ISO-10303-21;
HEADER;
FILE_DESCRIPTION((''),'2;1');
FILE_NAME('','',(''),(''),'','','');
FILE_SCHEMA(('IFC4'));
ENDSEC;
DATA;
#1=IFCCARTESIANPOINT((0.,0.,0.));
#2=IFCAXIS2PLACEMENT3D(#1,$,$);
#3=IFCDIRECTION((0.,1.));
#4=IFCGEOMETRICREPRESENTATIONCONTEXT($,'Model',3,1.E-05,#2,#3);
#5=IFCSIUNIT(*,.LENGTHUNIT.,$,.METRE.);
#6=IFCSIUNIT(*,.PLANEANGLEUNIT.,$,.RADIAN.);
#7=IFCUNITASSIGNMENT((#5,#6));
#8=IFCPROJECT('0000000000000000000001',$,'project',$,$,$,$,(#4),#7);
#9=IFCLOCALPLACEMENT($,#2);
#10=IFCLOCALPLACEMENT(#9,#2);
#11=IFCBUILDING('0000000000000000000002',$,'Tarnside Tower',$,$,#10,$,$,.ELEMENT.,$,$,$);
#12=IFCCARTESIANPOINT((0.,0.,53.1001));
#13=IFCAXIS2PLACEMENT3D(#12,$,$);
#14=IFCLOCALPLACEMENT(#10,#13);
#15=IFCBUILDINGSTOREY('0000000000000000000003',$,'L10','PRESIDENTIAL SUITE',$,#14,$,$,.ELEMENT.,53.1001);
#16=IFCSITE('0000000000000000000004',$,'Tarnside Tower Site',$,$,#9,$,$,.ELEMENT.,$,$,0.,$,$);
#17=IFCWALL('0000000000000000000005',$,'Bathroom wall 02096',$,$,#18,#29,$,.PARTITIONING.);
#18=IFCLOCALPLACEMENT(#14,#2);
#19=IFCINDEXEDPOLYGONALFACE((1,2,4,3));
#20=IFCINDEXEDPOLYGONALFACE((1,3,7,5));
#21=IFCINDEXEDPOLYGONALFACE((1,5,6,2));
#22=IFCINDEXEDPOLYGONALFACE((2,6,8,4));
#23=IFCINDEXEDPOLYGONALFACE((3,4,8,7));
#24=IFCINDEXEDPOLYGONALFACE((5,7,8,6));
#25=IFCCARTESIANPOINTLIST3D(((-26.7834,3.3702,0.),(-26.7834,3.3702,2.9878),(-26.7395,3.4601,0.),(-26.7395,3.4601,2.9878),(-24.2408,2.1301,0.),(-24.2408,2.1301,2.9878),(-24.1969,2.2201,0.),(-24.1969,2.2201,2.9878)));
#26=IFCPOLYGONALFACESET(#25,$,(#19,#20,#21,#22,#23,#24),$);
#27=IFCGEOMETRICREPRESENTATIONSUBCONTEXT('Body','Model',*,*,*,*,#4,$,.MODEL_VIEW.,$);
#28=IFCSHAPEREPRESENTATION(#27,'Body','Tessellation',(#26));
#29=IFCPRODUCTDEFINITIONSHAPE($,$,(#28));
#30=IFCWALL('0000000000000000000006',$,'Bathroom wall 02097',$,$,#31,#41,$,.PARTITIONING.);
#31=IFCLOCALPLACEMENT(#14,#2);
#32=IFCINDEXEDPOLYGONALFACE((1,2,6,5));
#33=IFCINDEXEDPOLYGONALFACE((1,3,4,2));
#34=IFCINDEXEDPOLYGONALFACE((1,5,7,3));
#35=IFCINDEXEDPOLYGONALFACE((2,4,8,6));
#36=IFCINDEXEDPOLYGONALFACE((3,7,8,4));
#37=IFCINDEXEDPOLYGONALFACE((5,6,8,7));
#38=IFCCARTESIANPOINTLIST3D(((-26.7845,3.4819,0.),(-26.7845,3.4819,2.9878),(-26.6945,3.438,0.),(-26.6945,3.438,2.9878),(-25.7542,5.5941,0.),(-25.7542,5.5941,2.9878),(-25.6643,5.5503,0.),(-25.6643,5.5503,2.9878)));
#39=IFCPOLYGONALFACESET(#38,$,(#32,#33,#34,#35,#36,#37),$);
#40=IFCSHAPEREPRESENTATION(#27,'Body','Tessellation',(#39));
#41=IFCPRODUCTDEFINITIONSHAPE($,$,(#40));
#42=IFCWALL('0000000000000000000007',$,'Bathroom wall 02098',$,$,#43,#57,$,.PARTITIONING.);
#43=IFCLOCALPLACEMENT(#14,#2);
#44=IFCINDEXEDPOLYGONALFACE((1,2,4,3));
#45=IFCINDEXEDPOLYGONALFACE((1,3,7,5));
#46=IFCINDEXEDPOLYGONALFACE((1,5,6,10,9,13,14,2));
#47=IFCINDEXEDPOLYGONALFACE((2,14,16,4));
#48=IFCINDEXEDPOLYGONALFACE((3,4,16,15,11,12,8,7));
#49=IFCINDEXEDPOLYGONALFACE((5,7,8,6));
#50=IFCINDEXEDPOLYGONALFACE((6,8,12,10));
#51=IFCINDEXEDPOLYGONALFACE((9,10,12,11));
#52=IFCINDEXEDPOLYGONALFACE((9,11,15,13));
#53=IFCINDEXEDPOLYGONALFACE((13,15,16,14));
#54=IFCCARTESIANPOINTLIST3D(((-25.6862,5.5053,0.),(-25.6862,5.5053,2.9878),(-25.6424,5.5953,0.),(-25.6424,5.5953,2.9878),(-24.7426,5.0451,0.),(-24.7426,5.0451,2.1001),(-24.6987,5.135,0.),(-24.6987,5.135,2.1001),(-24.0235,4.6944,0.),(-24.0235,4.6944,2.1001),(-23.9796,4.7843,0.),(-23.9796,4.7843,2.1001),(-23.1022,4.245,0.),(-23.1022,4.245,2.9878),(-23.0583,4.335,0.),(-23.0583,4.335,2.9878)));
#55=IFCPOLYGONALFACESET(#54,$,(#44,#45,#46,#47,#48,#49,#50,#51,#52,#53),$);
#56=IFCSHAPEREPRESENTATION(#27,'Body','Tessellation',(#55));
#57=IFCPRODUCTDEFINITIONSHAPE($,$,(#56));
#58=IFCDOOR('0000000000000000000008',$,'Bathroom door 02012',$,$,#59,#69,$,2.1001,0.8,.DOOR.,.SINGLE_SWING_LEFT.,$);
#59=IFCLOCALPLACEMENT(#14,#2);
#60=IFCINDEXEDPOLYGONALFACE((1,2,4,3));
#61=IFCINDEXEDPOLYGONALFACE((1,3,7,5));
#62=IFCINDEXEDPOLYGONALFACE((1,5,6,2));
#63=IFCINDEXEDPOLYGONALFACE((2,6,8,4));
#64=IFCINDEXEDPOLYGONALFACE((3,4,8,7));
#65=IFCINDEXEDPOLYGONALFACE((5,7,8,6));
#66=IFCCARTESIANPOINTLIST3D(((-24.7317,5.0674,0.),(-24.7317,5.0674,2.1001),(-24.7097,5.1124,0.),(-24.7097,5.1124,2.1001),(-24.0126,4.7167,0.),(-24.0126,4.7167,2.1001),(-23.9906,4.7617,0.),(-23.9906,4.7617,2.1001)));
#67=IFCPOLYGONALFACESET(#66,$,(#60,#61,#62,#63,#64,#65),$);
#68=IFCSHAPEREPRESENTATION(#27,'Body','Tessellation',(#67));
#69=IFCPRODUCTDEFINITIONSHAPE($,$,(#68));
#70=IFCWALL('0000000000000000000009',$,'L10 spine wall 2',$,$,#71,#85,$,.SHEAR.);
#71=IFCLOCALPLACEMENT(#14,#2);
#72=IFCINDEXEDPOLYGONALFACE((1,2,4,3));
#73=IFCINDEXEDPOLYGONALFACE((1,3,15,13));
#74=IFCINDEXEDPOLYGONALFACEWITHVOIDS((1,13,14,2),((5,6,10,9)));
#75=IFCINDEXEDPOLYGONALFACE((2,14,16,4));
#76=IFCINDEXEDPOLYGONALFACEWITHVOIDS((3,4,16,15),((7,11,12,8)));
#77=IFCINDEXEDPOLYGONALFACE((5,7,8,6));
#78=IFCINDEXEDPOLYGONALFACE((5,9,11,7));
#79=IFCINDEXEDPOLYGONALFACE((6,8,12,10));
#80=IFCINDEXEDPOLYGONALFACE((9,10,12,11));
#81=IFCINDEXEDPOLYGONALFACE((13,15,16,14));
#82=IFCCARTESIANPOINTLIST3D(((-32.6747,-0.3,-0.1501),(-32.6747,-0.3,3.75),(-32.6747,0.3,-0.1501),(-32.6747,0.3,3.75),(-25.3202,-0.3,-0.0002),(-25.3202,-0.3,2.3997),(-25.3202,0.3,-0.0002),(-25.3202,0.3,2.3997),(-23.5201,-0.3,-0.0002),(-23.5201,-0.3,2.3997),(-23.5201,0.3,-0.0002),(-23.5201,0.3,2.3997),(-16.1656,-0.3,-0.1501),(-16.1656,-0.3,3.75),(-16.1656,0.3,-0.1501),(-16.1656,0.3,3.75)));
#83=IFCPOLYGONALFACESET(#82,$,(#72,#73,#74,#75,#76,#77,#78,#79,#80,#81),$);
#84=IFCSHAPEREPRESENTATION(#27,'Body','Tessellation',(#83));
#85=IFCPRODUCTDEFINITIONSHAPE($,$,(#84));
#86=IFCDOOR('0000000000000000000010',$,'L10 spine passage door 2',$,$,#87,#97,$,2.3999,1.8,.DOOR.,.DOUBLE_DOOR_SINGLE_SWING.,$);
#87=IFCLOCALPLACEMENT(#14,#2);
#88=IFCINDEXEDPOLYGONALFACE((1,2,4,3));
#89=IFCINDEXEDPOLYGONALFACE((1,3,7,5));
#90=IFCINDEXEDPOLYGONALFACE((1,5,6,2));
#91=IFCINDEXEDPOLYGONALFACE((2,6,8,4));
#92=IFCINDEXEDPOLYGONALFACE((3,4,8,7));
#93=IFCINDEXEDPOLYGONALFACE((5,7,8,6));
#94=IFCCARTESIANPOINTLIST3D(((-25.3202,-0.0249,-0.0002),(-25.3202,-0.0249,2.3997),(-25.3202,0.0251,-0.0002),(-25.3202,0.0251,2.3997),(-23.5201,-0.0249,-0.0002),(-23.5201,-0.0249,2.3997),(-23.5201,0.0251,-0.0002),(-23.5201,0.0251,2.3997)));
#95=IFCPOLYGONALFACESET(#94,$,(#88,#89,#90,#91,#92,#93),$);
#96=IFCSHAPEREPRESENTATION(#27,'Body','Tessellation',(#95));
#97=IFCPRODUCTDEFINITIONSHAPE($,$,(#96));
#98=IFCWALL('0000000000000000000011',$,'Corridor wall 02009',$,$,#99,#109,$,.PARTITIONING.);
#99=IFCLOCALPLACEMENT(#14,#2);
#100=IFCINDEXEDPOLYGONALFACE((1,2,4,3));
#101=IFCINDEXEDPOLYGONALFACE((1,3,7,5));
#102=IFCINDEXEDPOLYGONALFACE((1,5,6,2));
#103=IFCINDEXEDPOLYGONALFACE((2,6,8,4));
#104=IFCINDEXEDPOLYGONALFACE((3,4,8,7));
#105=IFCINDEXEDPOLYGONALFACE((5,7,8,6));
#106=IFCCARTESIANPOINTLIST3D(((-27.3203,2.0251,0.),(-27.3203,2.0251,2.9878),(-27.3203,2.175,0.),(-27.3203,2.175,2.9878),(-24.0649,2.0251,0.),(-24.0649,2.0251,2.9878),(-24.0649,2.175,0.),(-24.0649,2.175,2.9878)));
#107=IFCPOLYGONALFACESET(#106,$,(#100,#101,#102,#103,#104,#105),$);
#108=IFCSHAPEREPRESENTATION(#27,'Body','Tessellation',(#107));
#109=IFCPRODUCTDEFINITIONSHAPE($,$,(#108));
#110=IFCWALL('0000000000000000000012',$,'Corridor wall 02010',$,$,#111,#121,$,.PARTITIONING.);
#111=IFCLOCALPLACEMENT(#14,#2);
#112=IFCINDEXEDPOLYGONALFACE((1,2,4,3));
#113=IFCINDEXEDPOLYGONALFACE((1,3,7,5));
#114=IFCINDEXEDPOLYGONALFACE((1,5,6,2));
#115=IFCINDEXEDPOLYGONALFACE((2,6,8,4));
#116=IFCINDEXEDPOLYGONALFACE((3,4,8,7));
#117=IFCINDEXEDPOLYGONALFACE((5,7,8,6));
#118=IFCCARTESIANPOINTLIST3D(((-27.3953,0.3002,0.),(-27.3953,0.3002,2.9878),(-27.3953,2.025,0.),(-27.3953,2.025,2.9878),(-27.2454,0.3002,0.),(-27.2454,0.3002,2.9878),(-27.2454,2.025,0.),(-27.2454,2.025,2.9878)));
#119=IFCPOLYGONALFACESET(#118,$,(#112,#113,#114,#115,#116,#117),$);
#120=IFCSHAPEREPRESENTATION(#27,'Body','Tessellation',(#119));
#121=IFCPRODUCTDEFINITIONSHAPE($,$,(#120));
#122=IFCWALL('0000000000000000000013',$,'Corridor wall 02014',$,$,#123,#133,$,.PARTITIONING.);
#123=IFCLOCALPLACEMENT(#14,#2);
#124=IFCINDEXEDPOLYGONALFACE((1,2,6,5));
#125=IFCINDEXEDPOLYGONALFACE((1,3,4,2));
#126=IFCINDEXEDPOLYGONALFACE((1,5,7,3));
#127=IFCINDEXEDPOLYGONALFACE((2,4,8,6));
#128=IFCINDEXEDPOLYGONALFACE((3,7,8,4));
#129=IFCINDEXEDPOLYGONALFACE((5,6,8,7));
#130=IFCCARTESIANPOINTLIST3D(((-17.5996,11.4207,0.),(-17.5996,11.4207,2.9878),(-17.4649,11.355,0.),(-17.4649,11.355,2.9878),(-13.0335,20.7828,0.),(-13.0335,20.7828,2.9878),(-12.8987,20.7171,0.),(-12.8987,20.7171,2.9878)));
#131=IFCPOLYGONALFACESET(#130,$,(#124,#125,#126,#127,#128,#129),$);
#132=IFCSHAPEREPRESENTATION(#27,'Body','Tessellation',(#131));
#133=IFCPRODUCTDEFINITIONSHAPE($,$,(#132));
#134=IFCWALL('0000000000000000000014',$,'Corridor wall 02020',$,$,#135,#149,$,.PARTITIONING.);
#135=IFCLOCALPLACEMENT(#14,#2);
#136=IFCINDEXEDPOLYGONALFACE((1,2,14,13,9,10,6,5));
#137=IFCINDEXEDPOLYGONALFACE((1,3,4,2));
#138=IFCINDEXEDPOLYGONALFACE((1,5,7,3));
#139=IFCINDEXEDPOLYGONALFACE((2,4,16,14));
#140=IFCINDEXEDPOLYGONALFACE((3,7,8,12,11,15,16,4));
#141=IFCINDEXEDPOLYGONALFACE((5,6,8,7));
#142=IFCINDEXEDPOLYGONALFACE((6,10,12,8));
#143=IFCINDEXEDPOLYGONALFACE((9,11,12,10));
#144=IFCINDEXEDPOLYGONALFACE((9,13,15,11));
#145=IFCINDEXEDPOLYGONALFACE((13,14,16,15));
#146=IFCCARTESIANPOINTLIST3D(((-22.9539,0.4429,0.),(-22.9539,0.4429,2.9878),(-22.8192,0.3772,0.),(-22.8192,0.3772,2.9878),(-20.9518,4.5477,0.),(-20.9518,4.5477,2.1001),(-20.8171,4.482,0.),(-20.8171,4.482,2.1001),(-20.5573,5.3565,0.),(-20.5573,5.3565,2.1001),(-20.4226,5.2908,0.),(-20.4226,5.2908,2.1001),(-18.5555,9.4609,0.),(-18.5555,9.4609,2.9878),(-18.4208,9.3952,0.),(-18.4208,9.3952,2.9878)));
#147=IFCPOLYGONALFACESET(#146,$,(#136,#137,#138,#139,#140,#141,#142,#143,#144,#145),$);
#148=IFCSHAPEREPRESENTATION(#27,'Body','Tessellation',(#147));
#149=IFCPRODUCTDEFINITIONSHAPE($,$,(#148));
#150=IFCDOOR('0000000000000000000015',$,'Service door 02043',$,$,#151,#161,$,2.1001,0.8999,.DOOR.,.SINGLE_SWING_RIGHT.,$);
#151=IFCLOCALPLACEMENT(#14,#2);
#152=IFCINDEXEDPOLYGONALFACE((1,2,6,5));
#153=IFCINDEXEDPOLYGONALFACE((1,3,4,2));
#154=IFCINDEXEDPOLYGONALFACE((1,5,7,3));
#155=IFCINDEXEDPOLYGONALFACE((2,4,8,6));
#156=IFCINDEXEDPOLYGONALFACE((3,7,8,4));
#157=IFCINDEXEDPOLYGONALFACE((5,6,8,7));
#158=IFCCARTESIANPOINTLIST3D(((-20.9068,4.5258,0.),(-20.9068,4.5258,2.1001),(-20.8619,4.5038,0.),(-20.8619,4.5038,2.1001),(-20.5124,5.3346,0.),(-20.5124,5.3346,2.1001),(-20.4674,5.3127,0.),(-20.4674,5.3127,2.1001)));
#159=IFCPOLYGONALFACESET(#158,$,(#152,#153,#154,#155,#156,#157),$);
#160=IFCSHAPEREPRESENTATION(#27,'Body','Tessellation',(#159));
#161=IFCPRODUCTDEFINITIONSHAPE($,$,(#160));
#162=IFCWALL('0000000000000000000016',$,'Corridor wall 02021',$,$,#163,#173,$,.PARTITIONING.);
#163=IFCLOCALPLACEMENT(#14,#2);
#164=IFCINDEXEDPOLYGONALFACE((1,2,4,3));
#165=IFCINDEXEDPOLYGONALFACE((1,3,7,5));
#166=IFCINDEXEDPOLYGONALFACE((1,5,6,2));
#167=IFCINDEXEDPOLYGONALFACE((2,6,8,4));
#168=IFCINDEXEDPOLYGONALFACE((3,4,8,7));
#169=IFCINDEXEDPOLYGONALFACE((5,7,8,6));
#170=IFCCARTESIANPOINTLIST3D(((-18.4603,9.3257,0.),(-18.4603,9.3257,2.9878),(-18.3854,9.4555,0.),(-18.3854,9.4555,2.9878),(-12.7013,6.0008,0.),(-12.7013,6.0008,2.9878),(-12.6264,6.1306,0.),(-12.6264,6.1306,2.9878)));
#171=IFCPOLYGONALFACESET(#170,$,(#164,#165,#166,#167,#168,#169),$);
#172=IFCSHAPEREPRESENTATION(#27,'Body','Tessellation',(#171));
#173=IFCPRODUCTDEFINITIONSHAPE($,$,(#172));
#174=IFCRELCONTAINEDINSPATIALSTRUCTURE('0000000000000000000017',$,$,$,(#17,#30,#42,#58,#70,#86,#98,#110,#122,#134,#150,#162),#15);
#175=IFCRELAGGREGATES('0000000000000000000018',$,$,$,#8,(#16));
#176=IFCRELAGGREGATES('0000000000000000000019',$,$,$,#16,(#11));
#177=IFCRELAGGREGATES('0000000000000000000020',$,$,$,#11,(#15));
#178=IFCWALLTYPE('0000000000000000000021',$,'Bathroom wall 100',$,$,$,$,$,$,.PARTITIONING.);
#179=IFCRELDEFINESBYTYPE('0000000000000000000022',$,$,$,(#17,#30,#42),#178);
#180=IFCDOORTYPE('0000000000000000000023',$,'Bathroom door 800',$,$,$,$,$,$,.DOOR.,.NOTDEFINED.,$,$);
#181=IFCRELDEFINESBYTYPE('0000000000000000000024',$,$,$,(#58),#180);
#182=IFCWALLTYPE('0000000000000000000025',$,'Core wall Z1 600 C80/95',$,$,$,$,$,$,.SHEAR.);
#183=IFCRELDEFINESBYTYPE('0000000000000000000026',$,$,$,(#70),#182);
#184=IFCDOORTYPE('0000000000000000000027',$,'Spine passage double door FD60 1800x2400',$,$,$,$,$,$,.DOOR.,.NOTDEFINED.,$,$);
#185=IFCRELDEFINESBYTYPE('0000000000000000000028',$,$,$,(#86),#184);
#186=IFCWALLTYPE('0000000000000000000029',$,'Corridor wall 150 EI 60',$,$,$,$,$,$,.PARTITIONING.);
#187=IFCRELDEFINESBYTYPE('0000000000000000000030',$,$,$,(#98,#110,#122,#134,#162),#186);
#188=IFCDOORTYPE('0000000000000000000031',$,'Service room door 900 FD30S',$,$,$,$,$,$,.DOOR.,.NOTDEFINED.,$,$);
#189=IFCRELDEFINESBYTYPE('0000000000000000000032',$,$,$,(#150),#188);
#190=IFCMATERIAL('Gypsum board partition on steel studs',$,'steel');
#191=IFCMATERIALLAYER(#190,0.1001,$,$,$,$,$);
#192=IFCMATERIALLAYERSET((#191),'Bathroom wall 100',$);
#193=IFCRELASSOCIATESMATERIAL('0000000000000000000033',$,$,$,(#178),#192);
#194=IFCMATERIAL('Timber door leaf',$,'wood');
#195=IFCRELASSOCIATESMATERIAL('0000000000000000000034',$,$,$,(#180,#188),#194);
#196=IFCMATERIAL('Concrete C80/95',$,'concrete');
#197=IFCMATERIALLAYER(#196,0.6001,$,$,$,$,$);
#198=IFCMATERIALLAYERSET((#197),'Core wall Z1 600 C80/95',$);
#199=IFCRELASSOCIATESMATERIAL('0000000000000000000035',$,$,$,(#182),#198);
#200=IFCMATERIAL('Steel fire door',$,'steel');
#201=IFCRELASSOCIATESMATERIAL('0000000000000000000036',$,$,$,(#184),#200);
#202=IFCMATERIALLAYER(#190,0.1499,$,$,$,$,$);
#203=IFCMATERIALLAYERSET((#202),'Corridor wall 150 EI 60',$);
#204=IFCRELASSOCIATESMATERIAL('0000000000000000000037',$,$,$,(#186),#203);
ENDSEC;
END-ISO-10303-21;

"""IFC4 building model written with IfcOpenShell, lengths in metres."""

from ifc_helpers import new_model, si_unit, direction, frame, frame_2d, origin, place, context, subcontext, project, spatial, rectangle, extrude, material, layer, layer_set, type_object, element, fill, save


model = new_model("IFC4")

# Units and contexts
model_context = context("Model", 3, precision=1e-05, world=origin(), true_north=direction((0.0, 1.0)))
body_context = subcontext(model_context, "Body", "Model", "MODEL_VIEW")
ifc_project = project(units=[si_unit("LENGTHUNIT", "METRE"), si_unit("PLANEANGLEUNIT", "RADIAN")], contexts=[model_context])

# Site, building, storey
site_placement = place(None, origin())
site = spatial("IfcSite", under=ifc_project, at=site_placement, Name="Tarnside Tower Site", CompositionType="ELEMENT", RefElevation=0.0)
building_placement = place(site_placement, origin())
building = spatial("IfcBuilding", under=site, at=building_placement, Name="Tarnside Tower", CompositionType="ELEMENT")
storey_placement = place(building_placement, frame((0.0, 0.0, 53.1001)))
storey = spatial("IfcBuildingStorey", under=building, at=storey_placement, Name="L10", Description="PRESIDENTIAL SUITE", CompositionType="ELEMENT", Elevation=53.1001)

# Walls
ifc_material_1 = material(Name="Gypsum board partition on steel studs", Category="steel")
ifc_layer_1 = layer(ifc_material_1, 0.1001)
ifc_layer_set_1 = layer_set([ifc_layer_1], Name="Bathroom wall 100")
wall_type_1 = type_object("IfcWallType", Name="Bathroom wall 100", PredefinedType="PARTITIONING", material=ifc_layer_set_1)
wall_1_placement = place(storey_placement, frame((-24.2188, 2.175, 0.0), z_axis=(0.0, 0.0, 1.0), x_axis=(-0.898802, 0.438354, 0.0)))
element("IfcWall", 1, at=wall_1_placement, inside=storey, type_object=wall_type_1, Name="Bathroom wall 02096", PredefinedType="PARTITIONING", context=body_context, shape_type="SweptSolid", body=[
    extrude(rectangle(XDim=2.8289, YDim=0.1001, at=frame_2d((1.4146, 0.0))), origin(), (0.0, 0.0, 1.0), 2.9878),
])
wall_2_placement = place(storey_placement, frame((-26.7395, 3.46, 0.0), z_axis=(0.0, 0.0, 1.0), x_axis=(0.438383, 0.898788, 0.0)))
element("IfcWall", 2, at=wall_2_placement, inside=storey, type_object=wall_type_1, Name="Bathroom wall 02097", PredefinedType="PARTITIONING", context=body_context, shape_type="SweptSolid", body=[
    extrude(rectangle(XDim=2.3501, YDim=0.1001, at=frame_2d((1.175, 0.0))), origin(), (0.0, 0.0, 1.0), 2.9878),
])

# Walls, openings, doors
wall_3_placement = place(storey_placement, frame((-25.6643, 5.5503, 0.0), z_axis=(0.0, 0.0, 1.0), x_axis=(0.898799, -0.43836, 0.0)))
wall_3 = element("IfcWall", 3, at=wall_3_placement, inside=storey, type_object=wall_type_1, Name="Bathroom wall 02098", PredefinedType="PARTITIONING", context=body_context, shape_type="SweptSolid", body=[
    extrude(rectangle(XDim=2.875, YDim=0.1001, at=frame_2d((1.4375, 0.0))), origin(), (0.0, 0.0, 1.0), 2.9878),
])
opening_1_placement = place(wall_3_placement, frame((1.05, 0.0, 0.0)))
opening_1 = element("IfcOpeningElement", 4, at=opening_1_placement, cuts=wall_3, PredefinedType="OPENING", context=body_context, shape_type="SweptSolid", body=[
    extrude(rectangle(XDim=0.8, YDim=2.1001, at=frame_2d((0.3999, 1.05))), frame((0.0, 0.0601, 0.0), z_axis=(0.0, -1.0, 0.0), x_axis=(1.0, 0.0, 0.0)), (0.0, 0.0, 1.0), 0.1201),
])
ifc_material_2 = material(Name="Timber door leaf", Category="wood")
door_type_1 = type_object("IfcDoorType", Name="Bathroom door 800", OperationType="NOTDEFINED", PredefinedType="DOOR", material=ifc_material_2)
door_1_placement = place(opening_1_placement, origin())
door_1 = element("IfcDoor", 5, at=door_1_placement, inside=storey, type_object=door_type_1, Name="Bathroom door 02012", OperationType="SINGLE_SWING_LEFT", OverallHeight=2.1001, OverallWidth=0.8, PredefinedType="DOOR", context=body_context, shape_type="SweptSolid", body=[
    extrude(rectangle(XDim=0.8, YDim=2.1001, at=frame_2d((0.3999, 1.05))), frame((0.0, 0.0249, 0.0), z_axis=(0.0, -1.0, 0.0), x_axis=(1.0, 0.0, 0.0)), (0.0, 0.0, 1.0), 0.05),
])
fill(opening_1, door_1)
ifc_material_3 = material(Name="Concrete C80/95", Category="concrete")
ifc_layer_2 = layer(ifc_material_3, 0.6001)
ifc_layer_set_2 = layer_set([ifc_layer_2], Name="Core wall Z1 600 C80/95")
wall_type_2 = type_object("IfcWallType", Name="Core wall Z1 600 C80/95", PredefinedType="SHEAR", material=ifc_layer_set_2)
wall_4_placement = place(storey_placement, frame((-16.1658, 0.0, -0.1501), z_axis=(0.0, 0.0, 1.0), x_axis=(-1.0, 0.0, 0.0)))
wall_4 = element("IfcWall", 6, at=wall_4_placement, inside=storey, type_object=wall_type_2, Name="L10 spine wall 2", PredefinedType="SHEAR", context=body_context, shape_type="SweptSolid", body=[
    extrude(rectangle(XDim=16.509, YDim=0.6001, at=frame_2d((8.2544, 0.0))), origin(), (0.0, 0.0, 1.0), 3.9001),
])
opening_2_placement = place(wall_4_placement, frame((7.3545, 0.0, 0.1499)))
opening_2 = element("IfcOpeningElement", 7, at=opening_2_placement, cuts=wall_4, PredefinedType="OPENING", context=body_context, shape_type="SweptSolid", body=[
    extrude(rectangle(XDim=1.8, YDim=2.3999, at=frame_2d((0.8999, 1.2))), frame((0.0, 0.3101, 0.0), z_axis=(0.0, -1.0, 0.0), x_axis=(1.0, 0.0, 0.0)), (0.0, 0.0, 1.0), 0.6201),
])
ifc_material_4 = material(Name="Steel fire door", Category="steel")
door_type_2 = type_object("IfcDoorType", Name="Spine passage double door FD60 1800x2400", OperationType="NOTDEFINED", PredefinedType="DOOR", material=ifc_material_4)
door_2_placement = place(opening_2_placement, origin())
door_2 = element("IfcDoor", 8, at=door_2_placement, inside=storey, type_object=door_type_2, Name="L10 spine passage door 2", OperationType="DOUBLE_DOOR_SINGLE_SWING", OverallHeight=2.3999, OverallWidth=1.8, PredefinedType="DOOR", context=body_context, shape_type="SweptSolid", body=[
    extrude(rectangle(XDim=1.8, YDim=2.3999, at=frame_2d((0.8999, 1.2))), frame((0.0, 0.0249, 0.0), z_axis=(0.0, -1.0, 0.0), x_axis=(1.0, 0.0, 0.0)), (0.0, 0.0, 1.0), 0.05),
])
fill(opening_2, door_2)

# Walls
ifc_layer_3 = layer(ifc_material_1, 0.1499)
ifc_layer_set_3 = layer_set([ifc_layer_3], Name="Corridor wall 150 EI 60")
wall_type_3 = type_object("IfcWallType", Name="Corridor wall 150 EI 60", PredefinedType="PARTITIONING", material=ifc_layer_set_3)
wall_5_placement = place(storey_placement, frame((-24.0649, 2.1001, 0.0), z_axis=(0.0, 0.0, 1.0), x_axis=(-1.0, 0.0, 0.0)))
element("IfcWall", 9, at=wall_5_placement, inside=storey, type_object=wall_type_3, Name="Corridor wall 02009", PredefinedType="PARTITIONING", context=body_context, shape_type="SweptSolid", body=[
    extrude(rectangle(XDim=3.2554, YDim=0.1499, at=frame_2d((1.6277, 0.0))), origin(), (0.0, 0.0, 1.0), 2.9878),
])
wall_6_placement = place(storey_placement, frame((-27.3203, 2.0249, 0.0), z_axis=(0.0, 0.0, 1.0), x_axis=(0.0, -1.0, 0.0)))
element("IfcWall", 10, at=wall_6_placement, inside=storey, type_object=wall_type_3, Name="Corridor wall 02010", PredefinedType="PARTITIONING", context=body_context, shape_type="SweptSolid", body=[
    extrude(rectangle(XDim=1.7249, YDim=0.1499, at=frame_2d((0.8623, 0.0))), origin(), (0.0, 0.0, 1.0), 2.9878),
])
wall_7_placement = place(storey_placement, frame((-17.5322, 11.3879, 0.0), z_axis=(0.0, 0.0, 1.0), x_axis=(0.43837, 0.898795, 0.0)))
element("IfcWall", 11, at=wall_7_placement, inside=storey, type_object=wall_type_3, Name="Corridor wall 02014", PredefinedType="PARTITIONING", context=body_context, shape_type="SweptSolid", body=[
    extrude(rectangle(XDim=10.4163, YDim=0.1499, at=frame_2d((5.208, 0.0))), origin(), (0.0, 0.0, 1.0), 2.9878),
])

# Wall, opening, door
wall_8_placement = place(storey_placement, frame((-22.8865, 0.4102, 0.0), z_axis=(0.0, 0.0, 1.0), x_axis=(0.438374, 0.898793, 0.0)))
wall_8 = element("IfcWall", 12, at=wall_8_placement, inside=storey, type_object=wall_type_3, Name="Corridor wall 02020", PredefinedType="PARTITIONING", context=body_context, shape_type="SweptSolid", body=[
    extrude(rectangle(XDim=10.0334, YDim=0.1499, at=frame_2d((5.0166, 0.0))), origin(), (0.0, 0.0, 1.0), 2.9878),
])
opening_3_placement = place(wall_8_placement, frame((4.5669, 0.0, 0.0)))
opening_3 = element("IfcOpeningElement", 13, at=opening_3_placement, cuts=wall_8, PredefinedType="OPENING", context=body_context, shape_type="SweptSolid", body=[
    extrude(rectangle(XDim=0.8999, YDim=2.1001, at=frame_2d((0.45, 1.05))), frame((0.0, 0.085, 0.0), z_axis=(0.0, -1.0, 0.0), x_axis=(1.0, 0.0, 0.0)), (0.0, 0.0, 1.0), 0.1699),
])
door_type_3 = type_object("IfcDoorType", Name="Service room door 900 FD30S", OperationType="NOTDEFINED", PredefinedType="DOOR", material=ifc_material_2)
door_3_placement = place(opening_3_placement, origin())
door_3 = element("IfcDoor", 14, at=door_3_placement, inside=storey, type_object=door_type_3, Name="Service door 02043", OperationType="SINGLE_SWING_RIGHT", OverallHeight=2.1001, OverallWidth=0.8999, PredefinedType="DOOR", context=body_context, shape_type="SweptSolid", body=[
    extrude(rectangle(XDim=0.8999, YDim=2.1001, at=frame_2d((0.45, 1.05))), frame((0.0, 0.0249, 0.0), z_axis=(0.0, -1.0, 0.0), x_axis=(1.0, 0.0, 0.0)), (0.0, 0.0, 1.0), 0.05),
])
fill(opening_3, door_3)

# Wall
wall_9_placement = place(storey_placement, frame((-18.4229, 9.3906, 0.0), z_axis=(0.0, 0.0, 1.0), x_axis=(0.866027, -0.499997, 0.0)))
element("IfcWall", 15, at=wall_9_placement, inside=storey, type_object=wall_type_3, Name="Corridor wall 02021", PredefinedType="PARTITIONING", context=body_context, shape_type="SweptSolid", body=[
    extrude(rectangle(XDim=6.6499, YDim=0.1499, at=frame_2d((3.325, 0.0))), origin(), (0.0, 0.0, 1.0), 2.9878),
])

save(model, "model.ifc")
